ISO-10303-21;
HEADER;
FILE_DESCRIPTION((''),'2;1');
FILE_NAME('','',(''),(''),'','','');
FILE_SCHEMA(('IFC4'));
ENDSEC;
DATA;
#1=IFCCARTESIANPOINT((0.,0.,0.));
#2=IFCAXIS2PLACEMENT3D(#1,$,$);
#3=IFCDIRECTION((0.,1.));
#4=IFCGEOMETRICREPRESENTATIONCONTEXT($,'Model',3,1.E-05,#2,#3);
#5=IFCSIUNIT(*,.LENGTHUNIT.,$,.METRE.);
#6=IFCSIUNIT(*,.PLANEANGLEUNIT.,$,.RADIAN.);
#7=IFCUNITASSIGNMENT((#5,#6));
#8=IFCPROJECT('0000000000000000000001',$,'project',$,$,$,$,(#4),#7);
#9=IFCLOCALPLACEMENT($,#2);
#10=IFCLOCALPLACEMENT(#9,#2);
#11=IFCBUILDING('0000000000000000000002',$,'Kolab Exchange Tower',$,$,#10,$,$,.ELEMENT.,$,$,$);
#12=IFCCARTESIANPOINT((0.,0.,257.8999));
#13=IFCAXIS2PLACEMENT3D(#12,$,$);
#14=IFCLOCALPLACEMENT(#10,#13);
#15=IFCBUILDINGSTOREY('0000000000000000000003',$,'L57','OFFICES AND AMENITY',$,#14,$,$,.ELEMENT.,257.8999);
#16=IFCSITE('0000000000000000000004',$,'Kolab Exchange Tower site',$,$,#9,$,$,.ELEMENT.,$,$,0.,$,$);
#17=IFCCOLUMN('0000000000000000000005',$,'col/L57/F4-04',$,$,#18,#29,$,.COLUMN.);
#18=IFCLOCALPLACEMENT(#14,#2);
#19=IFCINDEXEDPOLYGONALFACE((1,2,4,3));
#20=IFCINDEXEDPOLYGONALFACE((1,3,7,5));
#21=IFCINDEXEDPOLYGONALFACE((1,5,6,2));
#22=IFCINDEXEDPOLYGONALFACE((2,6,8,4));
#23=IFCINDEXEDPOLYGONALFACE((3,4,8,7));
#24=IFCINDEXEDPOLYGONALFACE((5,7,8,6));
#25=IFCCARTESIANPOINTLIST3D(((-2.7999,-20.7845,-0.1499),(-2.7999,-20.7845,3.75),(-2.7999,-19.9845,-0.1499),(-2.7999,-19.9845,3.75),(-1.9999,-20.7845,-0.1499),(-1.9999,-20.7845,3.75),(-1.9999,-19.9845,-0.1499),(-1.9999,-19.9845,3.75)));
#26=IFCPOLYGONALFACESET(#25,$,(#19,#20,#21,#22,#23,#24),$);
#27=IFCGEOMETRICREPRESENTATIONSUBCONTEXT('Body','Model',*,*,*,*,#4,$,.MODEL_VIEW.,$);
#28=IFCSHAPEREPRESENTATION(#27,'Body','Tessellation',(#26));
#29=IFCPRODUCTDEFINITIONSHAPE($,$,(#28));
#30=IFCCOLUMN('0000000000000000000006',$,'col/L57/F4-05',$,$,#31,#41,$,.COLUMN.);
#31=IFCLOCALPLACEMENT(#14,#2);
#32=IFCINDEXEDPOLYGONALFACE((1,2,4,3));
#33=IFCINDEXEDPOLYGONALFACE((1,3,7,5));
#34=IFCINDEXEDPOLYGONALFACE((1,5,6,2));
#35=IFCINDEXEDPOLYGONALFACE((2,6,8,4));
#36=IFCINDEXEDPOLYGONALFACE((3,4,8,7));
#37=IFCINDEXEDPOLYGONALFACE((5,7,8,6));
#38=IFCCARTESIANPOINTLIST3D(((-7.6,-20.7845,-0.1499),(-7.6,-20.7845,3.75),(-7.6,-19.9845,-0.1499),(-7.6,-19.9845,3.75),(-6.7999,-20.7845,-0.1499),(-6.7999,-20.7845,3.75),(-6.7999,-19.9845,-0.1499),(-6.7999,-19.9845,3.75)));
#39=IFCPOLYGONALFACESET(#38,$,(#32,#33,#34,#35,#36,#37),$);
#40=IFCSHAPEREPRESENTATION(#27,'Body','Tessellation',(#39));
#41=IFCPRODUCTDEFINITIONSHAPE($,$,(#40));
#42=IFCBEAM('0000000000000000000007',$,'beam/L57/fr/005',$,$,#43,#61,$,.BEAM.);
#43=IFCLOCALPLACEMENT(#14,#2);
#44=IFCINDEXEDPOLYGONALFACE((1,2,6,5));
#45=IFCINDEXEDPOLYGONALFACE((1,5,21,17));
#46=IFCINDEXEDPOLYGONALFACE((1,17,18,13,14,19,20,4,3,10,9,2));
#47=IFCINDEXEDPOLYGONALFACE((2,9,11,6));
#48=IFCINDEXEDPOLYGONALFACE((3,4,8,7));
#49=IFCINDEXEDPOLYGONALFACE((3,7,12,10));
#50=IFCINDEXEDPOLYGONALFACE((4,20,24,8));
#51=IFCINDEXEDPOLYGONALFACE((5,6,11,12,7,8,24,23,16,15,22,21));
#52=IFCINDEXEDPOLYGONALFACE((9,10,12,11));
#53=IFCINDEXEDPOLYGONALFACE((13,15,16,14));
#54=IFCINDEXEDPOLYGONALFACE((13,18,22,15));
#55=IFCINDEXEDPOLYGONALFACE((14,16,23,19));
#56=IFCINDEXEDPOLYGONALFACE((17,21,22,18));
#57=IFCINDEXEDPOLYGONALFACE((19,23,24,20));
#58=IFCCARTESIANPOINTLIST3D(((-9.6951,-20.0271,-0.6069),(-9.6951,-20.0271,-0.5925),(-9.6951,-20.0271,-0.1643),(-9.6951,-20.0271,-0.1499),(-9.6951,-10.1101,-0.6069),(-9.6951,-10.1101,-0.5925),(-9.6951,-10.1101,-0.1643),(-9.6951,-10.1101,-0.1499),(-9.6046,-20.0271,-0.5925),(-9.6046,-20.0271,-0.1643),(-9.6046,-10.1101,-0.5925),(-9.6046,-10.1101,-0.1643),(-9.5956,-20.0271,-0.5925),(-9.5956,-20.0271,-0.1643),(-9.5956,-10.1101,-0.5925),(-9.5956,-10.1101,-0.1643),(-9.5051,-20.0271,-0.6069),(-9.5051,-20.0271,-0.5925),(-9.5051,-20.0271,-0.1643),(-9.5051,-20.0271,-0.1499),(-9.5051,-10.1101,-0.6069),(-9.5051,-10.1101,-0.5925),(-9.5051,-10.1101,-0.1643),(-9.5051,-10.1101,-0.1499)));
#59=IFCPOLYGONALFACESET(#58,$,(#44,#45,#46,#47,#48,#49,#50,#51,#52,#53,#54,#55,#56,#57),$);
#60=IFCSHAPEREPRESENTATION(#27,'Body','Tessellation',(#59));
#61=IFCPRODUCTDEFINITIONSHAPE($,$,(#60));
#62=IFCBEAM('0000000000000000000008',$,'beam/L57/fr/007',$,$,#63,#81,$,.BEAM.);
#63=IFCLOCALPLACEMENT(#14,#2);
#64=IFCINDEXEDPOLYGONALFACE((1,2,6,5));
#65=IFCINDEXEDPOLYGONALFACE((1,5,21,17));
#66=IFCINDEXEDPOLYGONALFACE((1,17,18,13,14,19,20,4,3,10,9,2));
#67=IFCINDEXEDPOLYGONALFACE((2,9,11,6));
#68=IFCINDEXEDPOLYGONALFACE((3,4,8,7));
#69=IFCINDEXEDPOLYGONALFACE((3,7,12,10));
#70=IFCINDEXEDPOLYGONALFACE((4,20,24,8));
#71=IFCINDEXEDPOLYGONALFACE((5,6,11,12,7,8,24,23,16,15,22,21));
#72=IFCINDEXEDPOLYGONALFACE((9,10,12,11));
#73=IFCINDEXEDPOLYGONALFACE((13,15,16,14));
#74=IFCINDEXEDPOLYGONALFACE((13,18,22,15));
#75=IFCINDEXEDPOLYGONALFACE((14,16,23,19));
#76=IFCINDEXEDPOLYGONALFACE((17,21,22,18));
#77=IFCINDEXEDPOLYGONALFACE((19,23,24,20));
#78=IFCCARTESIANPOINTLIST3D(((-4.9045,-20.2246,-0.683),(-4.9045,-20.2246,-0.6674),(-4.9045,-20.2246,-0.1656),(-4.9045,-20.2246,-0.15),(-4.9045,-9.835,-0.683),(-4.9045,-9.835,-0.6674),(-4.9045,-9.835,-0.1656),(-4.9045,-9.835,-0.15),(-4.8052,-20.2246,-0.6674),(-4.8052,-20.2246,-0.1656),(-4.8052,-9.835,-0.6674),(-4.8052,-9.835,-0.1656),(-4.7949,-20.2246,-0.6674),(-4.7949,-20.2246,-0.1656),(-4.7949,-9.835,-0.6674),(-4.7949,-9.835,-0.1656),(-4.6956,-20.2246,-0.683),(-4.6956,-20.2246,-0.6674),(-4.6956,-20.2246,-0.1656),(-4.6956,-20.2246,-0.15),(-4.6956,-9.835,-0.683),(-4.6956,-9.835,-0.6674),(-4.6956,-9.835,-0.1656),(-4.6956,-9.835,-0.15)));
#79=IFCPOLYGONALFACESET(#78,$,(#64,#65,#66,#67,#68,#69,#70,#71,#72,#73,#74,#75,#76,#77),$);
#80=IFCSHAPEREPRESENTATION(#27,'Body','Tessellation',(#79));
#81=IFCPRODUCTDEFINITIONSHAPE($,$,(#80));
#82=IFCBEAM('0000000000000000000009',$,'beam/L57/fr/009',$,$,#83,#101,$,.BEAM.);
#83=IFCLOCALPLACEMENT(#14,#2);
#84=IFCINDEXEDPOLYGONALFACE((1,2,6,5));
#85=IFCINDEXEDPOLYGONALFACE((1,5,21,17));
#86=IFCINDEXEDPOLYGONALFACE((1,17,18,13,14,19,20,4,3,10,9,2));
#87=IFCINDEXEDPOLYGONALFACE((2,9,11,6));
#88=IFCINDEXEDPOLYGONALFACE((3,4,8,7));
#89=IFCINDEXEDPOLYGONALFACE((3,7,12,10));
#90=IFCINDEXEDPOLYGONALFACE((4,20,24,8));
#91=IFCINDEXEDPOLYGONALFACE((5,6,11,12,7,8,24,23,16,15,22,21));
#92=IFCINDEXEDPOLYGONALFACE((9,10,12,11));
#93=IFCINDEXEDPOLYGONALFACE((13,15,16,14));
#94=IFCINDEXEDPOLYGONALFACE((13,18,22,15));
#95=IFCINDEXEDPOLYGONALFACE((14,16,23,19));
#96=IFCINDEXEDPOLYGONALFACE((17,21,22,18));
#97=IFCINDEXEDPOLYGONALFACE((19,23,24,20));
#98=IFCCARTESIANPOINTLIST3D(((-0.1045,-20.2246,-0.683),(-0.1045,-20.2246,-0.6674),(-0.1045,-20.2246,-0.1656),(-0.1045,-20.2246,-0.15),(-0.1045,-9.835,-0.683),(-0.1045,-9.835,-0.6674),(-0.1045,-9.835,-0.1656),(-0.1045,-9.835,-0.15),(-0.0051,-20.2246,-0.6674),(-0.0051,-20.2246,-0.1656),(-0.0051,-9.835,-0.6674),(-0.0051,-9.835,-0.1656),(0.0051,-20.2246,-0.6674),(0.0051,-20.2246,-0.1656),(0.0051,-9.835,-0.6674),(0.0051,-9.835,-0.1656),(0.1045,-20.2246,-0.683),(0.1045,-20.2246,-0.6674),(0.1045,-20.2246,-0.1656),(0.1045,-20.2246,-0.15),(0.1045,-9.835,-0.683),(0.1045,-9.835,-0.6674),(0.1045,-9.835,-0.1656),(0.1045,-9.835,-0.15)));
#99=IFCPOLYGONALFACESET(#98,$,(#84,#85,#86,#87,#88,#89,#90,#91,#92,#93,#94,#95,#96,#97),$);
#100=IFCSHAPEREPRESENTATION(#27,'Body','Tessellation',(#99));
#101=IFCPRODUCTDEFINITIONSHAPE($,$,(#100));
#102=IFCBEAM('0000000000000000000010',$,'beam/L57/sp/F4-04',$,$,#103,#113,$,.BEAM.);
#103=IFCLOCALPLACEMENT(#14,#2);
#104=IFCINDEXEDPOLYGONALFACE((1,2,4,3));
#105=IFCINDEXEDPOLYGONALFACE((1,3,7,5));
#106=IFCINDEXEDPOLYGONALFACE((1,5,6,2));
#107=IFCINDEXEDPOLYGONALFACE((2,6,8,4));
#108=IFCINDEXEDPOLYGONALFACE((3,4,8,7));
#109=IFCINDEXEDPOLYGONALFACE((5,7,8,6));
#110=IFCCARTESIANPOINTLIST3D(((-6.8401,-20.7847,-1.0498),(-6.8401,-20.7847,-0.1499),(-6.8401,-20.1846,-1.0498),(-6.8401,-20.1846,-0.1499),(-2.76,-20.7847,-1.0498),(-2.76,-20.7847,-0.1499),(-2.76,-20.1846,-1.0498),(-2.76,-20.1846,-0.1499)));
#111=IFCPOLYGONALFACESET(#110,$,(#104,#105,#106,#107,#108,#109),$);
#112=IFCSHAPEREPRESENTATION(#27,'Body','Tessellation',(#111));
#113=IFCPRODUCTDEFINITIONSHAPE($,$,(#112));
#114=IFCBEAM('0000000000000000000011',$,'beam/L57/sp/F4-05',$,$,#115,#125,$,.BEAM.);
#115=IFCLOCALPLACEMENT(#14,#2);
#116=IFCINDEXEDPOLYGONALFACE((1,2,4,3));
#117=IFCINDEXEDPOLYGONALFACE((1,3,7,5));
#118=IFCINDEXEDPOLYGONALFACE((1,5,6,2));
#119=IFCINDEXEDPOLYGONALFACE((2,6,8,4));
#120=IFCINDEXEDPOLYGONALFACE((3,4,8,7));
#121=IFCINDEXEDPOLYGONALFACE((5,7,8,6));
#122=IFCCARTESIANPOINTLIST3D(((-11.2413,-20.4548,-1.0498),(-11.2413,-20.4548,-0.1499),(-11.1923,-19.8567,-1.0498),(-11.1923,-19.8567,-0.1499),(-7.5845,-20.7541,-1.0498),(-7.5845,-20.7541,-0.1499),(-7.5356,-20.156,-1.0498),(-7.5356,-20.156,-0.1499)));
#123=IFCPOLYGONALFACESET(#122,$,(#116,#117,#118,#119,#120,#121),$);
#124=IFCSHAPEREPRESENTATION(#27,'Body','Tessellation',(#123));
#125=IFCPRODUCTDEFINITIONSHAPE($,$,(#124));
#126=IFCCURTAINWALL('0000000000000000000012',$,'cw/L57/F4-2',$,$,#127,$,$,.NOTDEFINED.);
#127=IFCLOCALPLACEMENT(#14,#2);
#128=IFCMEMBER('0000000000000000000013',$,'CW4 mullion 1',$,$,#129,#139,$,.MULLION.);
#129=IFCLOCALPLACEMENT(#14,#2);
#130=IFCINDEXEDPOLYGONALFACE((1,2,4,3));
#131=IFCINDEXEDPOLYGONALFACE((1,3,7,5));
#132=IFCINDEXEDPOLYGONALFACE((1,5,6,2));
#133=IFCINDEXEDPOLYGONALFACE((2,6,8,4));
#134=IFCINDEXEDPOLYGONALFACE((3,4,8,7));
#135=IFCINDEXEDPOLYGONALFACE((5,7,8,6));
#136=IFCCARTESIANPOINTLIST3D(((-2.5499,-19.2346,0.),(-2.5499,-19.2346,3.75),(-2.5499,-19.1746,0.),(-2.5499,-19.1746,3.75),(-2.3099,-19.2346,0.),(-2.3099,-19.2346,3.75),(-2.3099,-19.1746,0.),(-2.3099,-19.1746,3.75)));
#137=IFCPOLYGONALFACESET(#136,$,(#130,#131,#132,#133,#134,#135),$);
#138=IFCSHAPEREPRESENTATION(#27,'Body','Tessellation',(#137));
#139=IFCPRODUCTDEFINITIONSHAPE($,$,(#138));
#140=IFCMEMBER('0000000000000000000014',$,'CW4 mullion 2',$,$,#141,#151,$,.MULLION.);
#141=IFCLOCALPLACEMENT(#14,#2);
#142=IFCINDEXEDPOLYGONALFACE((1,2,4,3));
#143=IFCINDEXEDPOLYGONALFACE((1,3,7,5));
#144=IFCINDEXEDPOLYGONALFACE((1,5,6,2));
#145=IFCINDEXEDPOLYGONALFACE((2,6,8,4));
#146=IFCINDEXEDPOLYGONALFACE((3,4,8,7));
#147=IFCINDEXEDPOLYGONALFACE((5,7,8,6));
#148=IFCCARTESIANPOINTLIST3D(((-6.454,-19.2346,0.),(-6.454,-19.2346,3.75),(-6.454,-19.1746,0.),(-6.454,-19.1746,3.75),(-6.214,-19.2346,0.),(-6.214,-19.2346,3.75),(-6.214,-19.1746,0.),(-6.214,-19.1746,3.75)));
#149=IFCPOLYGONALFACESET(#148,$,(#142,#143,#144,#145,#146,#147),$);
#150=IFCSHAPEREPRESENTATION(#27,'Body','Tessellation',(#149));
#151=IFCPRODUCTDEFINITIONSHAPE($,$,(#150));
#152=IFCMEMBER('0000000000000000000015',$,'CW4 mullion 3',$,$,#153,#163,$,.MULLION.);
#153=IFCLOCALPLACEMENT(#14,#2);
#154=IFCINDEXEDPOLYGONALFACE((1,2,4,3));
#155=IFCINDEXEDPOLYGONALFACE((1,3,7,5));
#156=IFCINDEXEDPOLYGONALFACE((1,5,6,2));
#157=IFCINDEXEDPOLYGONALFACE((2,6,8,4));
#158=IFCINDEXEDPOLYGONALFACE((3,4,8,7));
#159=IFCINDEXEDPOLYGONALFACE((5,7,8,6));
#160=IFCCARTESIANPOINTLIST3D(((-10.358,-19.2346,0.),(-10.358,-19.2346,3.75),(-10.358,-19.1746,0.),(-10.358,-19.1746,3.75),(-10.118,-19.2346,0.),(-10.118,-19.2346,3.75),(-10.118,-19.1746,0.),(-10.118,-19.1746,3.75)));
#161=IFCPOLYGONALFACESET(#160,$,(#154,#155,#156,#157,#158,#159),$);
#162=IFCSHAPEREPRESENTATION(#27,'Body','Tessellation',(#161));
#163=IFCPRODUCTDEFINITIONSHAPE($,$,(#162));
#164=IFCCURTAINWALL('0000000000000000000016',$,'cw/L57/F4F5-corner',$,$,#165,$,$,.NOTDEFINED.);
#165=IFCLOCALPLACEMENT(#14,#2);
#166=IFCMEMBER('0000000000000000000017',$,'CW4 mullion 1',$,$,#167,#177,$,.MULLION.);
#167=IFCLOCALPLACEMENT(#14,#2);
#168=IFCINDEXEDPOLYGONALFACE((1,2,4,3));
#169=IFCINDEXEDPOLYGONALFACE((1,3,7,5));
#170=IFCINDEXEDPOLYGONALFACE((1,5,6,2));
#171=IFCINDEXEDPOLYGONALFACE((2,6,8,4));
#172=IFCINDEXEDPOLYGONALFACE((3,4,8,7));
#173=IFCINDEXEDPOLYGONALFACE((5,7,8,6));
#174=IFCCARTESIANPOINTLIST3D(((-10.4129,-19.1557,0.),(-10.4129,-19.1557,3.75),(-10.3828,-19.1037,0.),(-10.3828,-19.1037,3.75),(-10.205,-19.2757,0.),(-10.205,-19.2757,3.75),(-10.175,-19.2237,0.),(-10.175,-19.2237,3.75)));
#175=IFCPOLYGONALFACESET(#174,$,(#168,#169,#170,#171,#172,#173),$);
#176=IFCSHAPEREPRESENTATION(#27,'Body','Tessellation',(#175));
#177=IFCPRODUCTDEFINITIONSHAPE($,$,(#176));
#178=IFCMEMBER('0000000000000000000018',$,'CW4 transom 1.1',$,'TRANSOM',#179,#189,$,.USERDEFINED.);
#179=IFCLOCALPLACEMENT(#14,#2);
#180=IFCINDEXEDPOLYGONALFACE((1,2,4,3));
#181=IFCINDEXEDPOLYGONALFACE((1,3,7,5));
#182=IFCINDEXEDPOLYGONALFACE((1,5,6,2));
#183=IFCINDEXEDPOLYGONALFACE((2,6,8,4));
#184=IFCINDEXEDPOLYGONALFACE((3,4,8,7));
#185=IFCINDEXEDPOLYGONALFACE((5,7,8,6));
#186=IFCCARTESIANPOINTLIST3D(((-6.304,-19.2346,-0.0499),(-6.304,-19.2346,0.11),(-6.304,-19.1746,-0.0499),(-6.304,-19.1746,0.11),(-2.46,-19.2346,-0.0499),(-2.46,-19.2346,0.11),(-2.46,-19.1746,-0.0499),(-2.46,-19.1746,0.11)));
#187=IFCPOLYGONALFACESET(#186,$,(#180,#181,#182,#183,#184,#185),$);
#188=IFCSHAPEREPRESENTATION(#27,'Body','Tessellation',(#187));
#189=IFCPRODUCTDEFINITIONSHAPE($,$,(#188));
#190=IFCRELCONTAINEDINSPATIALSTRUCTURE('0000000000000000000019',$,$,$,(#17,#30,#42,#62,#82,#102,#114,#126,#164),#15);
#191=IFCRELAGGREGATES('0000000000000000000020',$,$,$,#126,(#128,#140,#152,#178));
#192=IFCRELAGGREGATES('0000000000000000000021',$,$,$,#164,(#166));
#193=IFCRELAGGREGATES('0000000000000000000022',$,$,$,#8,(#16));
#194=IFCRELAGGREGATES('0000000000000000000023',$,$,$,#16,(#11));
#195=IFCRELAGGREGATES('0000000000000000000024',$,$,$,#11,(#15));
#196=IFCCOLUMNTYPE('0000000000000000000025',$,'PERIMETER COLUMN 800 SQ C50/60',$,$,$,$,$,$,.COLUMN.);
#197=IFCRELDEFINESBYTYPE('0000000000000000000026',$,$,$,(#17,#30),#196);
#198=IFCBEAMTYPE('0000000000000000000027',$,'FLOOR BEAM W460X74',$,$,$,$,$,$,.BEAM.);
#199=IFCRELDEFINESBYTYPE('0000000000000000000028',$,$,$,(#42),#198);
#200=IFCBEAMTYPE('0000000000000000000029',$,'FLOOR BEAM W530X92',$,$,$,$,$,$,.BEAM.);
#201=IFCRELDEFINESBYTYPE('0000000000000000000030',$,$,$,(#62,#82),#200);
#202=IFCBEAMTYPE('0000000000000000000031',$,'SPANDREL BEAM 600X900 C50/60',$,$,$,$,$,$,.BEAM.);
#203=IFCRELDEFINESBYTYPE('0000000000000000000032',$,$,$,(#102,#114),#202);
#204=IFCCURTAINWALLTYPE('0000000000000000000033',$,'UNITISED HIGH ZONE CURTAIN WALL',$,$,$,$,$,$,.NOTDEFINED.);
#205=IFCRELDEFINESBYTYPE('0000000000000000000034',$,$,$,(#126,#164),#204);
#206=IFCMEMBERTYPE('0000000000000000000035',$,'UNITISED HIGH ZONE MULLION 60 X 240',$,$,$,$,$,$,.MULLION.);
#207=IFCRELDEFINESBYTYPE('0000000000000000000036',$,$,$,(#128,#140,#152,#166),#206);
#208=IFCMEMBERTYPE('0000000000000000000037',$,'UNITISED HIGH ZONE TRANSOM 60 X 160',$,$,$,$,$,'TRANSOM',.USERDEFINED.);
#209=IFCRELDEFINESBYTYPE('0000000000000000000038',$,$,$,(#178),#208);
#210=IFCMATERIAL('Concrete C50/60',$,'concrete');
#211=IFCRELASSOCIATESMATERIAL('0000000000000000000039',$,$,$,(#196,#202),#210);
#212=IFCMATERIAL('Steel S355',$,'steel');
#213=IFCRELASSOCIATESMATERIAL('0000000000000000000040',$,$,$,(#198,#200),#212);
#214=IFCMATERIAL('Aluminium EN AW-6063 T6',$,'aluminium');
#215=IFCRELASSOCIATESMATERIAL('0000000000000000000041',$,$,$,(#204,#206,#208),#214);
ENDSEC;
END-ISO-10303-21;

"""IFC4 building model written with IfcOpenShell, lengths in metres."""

from ifc_helpers import new_model, si_unit, direction, frame, origin, origin_2d, place, context, subcontext, project, spatial, rectangle, i_section, extrude, material, material_profile, profile_set, type_object, element, aggregate, save


model = new_model("IFC4")

# Units and contexts
model_context = context("Model", 3, precision=1e-05, world=origin(), true_north=direction((0.0, 1.0)))
body_context = subcontext(model_context, "Body", "Model", "MODEL_VIEW")
ifc_project = project(units=[si_unit("LENGTHUNIT", "METRE"), si_unit("PLANEANGLEUNIT", "RADIAN")], contexts=[model_context])

# Site, building, storey
site_placement = place(None, origin())
site = spatial("IfcSite", under=ifc_project, at=site_placement, Name="Kolab Exchange Tower site", CompositionType="ELEMENT", RefElevation=0.0)
building_placement = place(site_placement, origin())
building = spatial("IfcBuilding", under=site, at=building_placement, Name="Kolab Exchange Tower", CompositionType="ELEMENT")
storey_placement = place(building_placement, frame((0.0, 0.0, 257.8999)))
storey = spatial("IfcBuildingStorey", under=building, at=storey_placement, Name="L57", Description="OFFICES AND AMENITY", CompositionType="ELEMENT", Elevation=257.8999)

# Columns
ifc_material_1 = material(Name="Concrete C50/60", Category="concrete")
ifc_material_profile_1 = material_profile(ifc_material_1, rectangle(XDim=0.8, YDim=0.8, at=origin_2d()), Name="RC800")
ifc_profile_set_1 = profile_set([ifc_material_profile_1], Name="Concrete C50/60")
column_type = type_object("IfcColumnType", Name="PERIMETER COLUMN 800 SQ C50/60", PredefinedType="COLUMN", material=ifc_profile_set_1)
for number, where, z_axis, x_axis, name in (
    (1, (-2.3999, -20.3845, -0.1499), (0.0, 0.0, 1.0), (1.0, 0.0, 0.0), "col/L57/F4-04"),
    (2, (-7.2, -20.3845, -0.1499), (0.0, 0.0, 1.0), (1.0, 0.0, 0.0), "col/L57/F4-05"),
):
    element("IfcColumn", number, at=place(storey_placement, frame(where, z_axis=z_axis, x_axis=x_axis)), inside=storey, type_object=column_type, Name=name, PredefinedType="COLUMN", context=body_context, shape_type="SweptSolid", body=[
        extrude(rectangle(XDim=0.8, YDim=0.8, at=origin_2d()), origin(), (0.0, 0.0, 1.0), 3.8999),
    ])

# Beams
ifc_material_2 = material(Name="Steel S355", Category="steel")
ifc_material_profile_2 = material_profile(ifc_material_2, i_section(OverallWidth=0.1899, OverallDepth=0.457, WebThickness=0.009, FlangeThickness=0.0144, at=origin_2d()), Name="W460X74")
ifc_profile_set_2 = profile_set([ifc_material_profile_2], Name="Steel S355")
beam_type_1 = type_object("IfcBeamType", Name="FLOOR BEAM W460X74", PredefinedType="BEAM", material=ifc_profile_set_2)
beam_1_placement = place(storey_placement, frame((-9.6001, -20.0271, -0.3784), z_axis=(0.0, 1.0, 0.0), x_axis=(-1.0, 0.0, 0.0)))
element("IfcBeam", 3, at=beam_1_placement, inside=storey, type_object=beam_type_1, Name="beam/L57/fr/005", PredefinedType="BEAM", context=body_context, shape_type="SweptSolid", body=[
    extrude(i_section(OverallWidth=0.1899, OverallDepth=0.457, WebThickness=0.009, FlangeThickness=0.0144, at=origin_2d()), origin(), (0.0, 0.0, 1.0), 9.917),
])
ifc_material_profile_3 = material_profile(ifc_material_2, i_section(OverallWidth=0.209, OverallDepth=0.533, WebThickness=0.0103, FlangeThickness=0.0156, at=origin_2d()), Name="W530X92")
ifc_profile_set_3 = profile_set([ifc_material_profile_3], Name="Steel S355")
beam_type_2 = type_object("IfcBeamType", Name="FLOOR BEAM W530X92", PredefinedType="BEAM", material=ifc_profile_set_3)
for number, where, z_axis, x_axis, name in (
    (4, (-4.8, -20.2246, -0.4165), (0.0, 1.0, 0.0), (-1.0, 0.0, 0.0), "beam/L57/fr/007"),
    (5, (0.0, -20.2246, -0.4165), (0.0, 1.0, 0.0), (-1.0, 0.0, 0.0), "beam/L57/fr/009"),
):
    element("IfcBeam", number, at=place(storey_placement, frame(where, z_axis=z_axis, x_axis=x_axis)), inside=storey, type_object=beam_type_2, Name=name, PredefinedType="BEAM", context=body_context, shape_type="SweptSolid", body=[
        extrude(i_section(OverallWidth=0.209, OverallDepth=0.533, WebThickness=0.0103, FlangeThickness=0.0156, at=origin_2d()), origin(), (0.0, 0.0, 1.0), 10.3896),
    ])
ifc_material_profile_4 = material_profile(ifc_material_1, rectangle(XDim=0.6001, YDim=0.8999, at=origin_2d()), Name="RC600X900")
ifc_profile_set_4 = profile_set([ifc_material_profile_4], Name="Concrete C50/60")
beam_type_3 = type_object("IfcBeamType", Name="SPANDREL BEAM 600X900 C50/60", PredefinedType="BEAM", material=ifc_profile_set_4)
beam_2_placement = place(storey_placement, frame((-2.76, -20.4846, -0.5999), z_axis=(-1.0, 0.0, 0.0), x_axis=(0.0, -1.0, 0.0)))
element("IfcBeam", 6, at=beam_2_placement, inside=storey, type_object=beam_type_3, Name="beam/L57/sp/F4-04", PredefinedType="BEAM", context=body_context, shape_type="SweptSolid", body=[
    extrude(rectangle(XDim=0.6001, YDim=0.8999, at=origin_2d()), origin(), (0.0, 0.0, 1.0), 4.0801),
])
beam_3_placement = place(storey_placement, frame((-7.5601, -20.4551, -0.5999), z_axis=(-0.996667, 0.081581, 0.0), x_axis=(-0.081581, -0.996667, 0.0)))
element("IfcBeam", 7, at=beam_3_placement, inside=storey, type_object=beam_type_3, Name="beam/L57/sp/F4-05", PredefinedType="BEAM", context=body_context, shape_type="SweptSolid", body=[
    extrude(rectangle(XDim=0.6001, YDim=0.8999, at=origin_2d()), origin(), (0.0, 0.0, 1.0), 3.6689),
])

# Curtain wall, members
ifc_material_3 = material(Name="Aluminium EN AW-6063 T6", Category="aluminium")
curtain_wall_type = type_object("IfcCurtainWallType", Name="UNITISED HIGH ZONE CURTAIN WALL", PredefinedType="NOTDEFINED", material=ifc_material_3)
curtain_wall_1_placement = place(storey_placement, origin())
curtain_wall_1 = element("IfcCurtainWall", 8, at=curtain_wall_1_placement, inside=storey, type_object=curtain_wall_type, Name="cw/L57/F4-2", PredefinedType="NOTDEFINED")
ifc_material_profile_5 = material_profile(ifc_material_3, rectangle(XDim=0.0601, YDim=0.24, at=origin_2d()), Name="RECT 60X240")
ifc_profile_set_5 = profile_set([ifc_material_profile_5], Name="Aluminium EN AW-6063 T6")
member_type_1 = type_object("IfcMemberType", Name="UNITISED HIGH ZONE MULLION 60 X 240", PredefinedType="MULLION", material=ifc_profile_set_5)
member_1_placement = place(storey_placement, frame((-2.4299, -19.2046, 0.0), z_axis=(0.0, 0.0, 1.0), x_axis=(0.0, -1.0, 0.0)))
member_1 = element("IfcMember", 9, at=member_1_placement, type_object=member_type_1, Name="CW4 mullion 1", PredefinedType="MULLION", context=body_context, shape_type="SweptSolid", body=[
    extrude(rectangle(XDim=0.0601, YDim=0.24, at=origin_2d()), origin(), (0.0, 0.0, 1.0), 3.75),
])
member_2_placement = place(storey_placement, frame((-6.334, -19.2046, 0.0), z_axis=(0.0, 0.0, 1.0), x_axis=(0.0, -1.0, 0.0)))
member_2 = element("IfcMember", 10, at=member_2_placement, type_object=member_type_1, Name="CW4 mullion 2", PredefinedType="MULLION", context=body_context, shape_type="SweptSolid", body=[
    extrude(rectangle(XDim=0.0601, YDim=0.24, at=origin_2d()), origin(), (0.0, 0.0, 1.0), 3.75),
])
member_3_placement = place(storey_placement, frame((-10.238, -19.2046, 0.0), z_axis=(0.0, 0.0, 1.0), x_axis=(0.0, -1.0, 0.0)))
member_3 = element("IfcMember", 11, at=member_3_placement, type_object=member_type_1, Name="CW4 mullion 3", PredefinedType="MULLION", context=body_context, shape_type="SweptSolid", body=[
    extrude(rectangle(XDim=0.0601, YDim=0.24, at=origin_2d()), origin(), (0.0, 0.0, 1.0), 3.75),
])

# Curtain wall, member
curtain_wall_2_placement = place(storey_placement, origin())
curtain_wall_2 = element("IfcCurtainWall", 12, at=curtain_wall_2_placement, inside=storey, type_object=curtain_wall_type, Name="cw/L57/F4F5-corner", PredefinedType="NOTDEFINED")
member_4_placement = place(storey_placement, frame((-10.2939, -19.1897, 0.0), z_axis=(0.0, 0.0, 1.0), x_axis=(-0.5, -0.866025, 0.0)))
member_4 = element("IfcMember", 13, at=member_4_placement, type_object=member_type_1, Name="CW4 mullion 1", PredefinedType="MULLION", context=body_context, shape_type="SweptSolid", body=[
    extrude(rectangle(XDim=0.0601, YDim=0.24, at=origin_2d()), origin(), (0.0, 0.0, 1.0), 3.75),
])

# Member
ifc_material_profile_6 = material_profile(ifc_material_3, rectangle(XDim=0.0601, YDim=0.1599, at=origin_2d()), Name="RECT 60X160")
ifc_profile_set_6 = profile_set([ifc_material_profile_6], Name="Aluminium EN AW-6063 T6")
member_type_2 = type_object("IfcMemberType", Name="UNITISED HIGH ZONE TRANSOM 60 X 160", ElementType="TRANSOM", PredefinedType="USERDEFINED", material=ifc_profile_set_6)
member_5_placement = place(storey_placement, frame((-2.46, -19.2046, 0.03), z_axis=(-1.0, 0.0, 0.0), x_axis=(0.0, -1.0, 0.0)))
member_5 = element("IfcMember", 14, at=member_5_placement, type_object=member_type_2, Name="CW4 transom 1.1", ObjectType="TRANSOM", PredefinedType="USERDEFINED", context=body_context, shape_type="SweptSolid", body=[
    extrude(rectangle(XDim=0.0601, YDim=0.1599, at=origin_2d()), origin(), (0.0, 0.0, 1.0), 3.844),
])

aggregate(curtain_wall_1, [member_1, member_2, member_3, member_5])
aggregate(curtain_wall_2, [member_4])

save(model, "model.ifc")
